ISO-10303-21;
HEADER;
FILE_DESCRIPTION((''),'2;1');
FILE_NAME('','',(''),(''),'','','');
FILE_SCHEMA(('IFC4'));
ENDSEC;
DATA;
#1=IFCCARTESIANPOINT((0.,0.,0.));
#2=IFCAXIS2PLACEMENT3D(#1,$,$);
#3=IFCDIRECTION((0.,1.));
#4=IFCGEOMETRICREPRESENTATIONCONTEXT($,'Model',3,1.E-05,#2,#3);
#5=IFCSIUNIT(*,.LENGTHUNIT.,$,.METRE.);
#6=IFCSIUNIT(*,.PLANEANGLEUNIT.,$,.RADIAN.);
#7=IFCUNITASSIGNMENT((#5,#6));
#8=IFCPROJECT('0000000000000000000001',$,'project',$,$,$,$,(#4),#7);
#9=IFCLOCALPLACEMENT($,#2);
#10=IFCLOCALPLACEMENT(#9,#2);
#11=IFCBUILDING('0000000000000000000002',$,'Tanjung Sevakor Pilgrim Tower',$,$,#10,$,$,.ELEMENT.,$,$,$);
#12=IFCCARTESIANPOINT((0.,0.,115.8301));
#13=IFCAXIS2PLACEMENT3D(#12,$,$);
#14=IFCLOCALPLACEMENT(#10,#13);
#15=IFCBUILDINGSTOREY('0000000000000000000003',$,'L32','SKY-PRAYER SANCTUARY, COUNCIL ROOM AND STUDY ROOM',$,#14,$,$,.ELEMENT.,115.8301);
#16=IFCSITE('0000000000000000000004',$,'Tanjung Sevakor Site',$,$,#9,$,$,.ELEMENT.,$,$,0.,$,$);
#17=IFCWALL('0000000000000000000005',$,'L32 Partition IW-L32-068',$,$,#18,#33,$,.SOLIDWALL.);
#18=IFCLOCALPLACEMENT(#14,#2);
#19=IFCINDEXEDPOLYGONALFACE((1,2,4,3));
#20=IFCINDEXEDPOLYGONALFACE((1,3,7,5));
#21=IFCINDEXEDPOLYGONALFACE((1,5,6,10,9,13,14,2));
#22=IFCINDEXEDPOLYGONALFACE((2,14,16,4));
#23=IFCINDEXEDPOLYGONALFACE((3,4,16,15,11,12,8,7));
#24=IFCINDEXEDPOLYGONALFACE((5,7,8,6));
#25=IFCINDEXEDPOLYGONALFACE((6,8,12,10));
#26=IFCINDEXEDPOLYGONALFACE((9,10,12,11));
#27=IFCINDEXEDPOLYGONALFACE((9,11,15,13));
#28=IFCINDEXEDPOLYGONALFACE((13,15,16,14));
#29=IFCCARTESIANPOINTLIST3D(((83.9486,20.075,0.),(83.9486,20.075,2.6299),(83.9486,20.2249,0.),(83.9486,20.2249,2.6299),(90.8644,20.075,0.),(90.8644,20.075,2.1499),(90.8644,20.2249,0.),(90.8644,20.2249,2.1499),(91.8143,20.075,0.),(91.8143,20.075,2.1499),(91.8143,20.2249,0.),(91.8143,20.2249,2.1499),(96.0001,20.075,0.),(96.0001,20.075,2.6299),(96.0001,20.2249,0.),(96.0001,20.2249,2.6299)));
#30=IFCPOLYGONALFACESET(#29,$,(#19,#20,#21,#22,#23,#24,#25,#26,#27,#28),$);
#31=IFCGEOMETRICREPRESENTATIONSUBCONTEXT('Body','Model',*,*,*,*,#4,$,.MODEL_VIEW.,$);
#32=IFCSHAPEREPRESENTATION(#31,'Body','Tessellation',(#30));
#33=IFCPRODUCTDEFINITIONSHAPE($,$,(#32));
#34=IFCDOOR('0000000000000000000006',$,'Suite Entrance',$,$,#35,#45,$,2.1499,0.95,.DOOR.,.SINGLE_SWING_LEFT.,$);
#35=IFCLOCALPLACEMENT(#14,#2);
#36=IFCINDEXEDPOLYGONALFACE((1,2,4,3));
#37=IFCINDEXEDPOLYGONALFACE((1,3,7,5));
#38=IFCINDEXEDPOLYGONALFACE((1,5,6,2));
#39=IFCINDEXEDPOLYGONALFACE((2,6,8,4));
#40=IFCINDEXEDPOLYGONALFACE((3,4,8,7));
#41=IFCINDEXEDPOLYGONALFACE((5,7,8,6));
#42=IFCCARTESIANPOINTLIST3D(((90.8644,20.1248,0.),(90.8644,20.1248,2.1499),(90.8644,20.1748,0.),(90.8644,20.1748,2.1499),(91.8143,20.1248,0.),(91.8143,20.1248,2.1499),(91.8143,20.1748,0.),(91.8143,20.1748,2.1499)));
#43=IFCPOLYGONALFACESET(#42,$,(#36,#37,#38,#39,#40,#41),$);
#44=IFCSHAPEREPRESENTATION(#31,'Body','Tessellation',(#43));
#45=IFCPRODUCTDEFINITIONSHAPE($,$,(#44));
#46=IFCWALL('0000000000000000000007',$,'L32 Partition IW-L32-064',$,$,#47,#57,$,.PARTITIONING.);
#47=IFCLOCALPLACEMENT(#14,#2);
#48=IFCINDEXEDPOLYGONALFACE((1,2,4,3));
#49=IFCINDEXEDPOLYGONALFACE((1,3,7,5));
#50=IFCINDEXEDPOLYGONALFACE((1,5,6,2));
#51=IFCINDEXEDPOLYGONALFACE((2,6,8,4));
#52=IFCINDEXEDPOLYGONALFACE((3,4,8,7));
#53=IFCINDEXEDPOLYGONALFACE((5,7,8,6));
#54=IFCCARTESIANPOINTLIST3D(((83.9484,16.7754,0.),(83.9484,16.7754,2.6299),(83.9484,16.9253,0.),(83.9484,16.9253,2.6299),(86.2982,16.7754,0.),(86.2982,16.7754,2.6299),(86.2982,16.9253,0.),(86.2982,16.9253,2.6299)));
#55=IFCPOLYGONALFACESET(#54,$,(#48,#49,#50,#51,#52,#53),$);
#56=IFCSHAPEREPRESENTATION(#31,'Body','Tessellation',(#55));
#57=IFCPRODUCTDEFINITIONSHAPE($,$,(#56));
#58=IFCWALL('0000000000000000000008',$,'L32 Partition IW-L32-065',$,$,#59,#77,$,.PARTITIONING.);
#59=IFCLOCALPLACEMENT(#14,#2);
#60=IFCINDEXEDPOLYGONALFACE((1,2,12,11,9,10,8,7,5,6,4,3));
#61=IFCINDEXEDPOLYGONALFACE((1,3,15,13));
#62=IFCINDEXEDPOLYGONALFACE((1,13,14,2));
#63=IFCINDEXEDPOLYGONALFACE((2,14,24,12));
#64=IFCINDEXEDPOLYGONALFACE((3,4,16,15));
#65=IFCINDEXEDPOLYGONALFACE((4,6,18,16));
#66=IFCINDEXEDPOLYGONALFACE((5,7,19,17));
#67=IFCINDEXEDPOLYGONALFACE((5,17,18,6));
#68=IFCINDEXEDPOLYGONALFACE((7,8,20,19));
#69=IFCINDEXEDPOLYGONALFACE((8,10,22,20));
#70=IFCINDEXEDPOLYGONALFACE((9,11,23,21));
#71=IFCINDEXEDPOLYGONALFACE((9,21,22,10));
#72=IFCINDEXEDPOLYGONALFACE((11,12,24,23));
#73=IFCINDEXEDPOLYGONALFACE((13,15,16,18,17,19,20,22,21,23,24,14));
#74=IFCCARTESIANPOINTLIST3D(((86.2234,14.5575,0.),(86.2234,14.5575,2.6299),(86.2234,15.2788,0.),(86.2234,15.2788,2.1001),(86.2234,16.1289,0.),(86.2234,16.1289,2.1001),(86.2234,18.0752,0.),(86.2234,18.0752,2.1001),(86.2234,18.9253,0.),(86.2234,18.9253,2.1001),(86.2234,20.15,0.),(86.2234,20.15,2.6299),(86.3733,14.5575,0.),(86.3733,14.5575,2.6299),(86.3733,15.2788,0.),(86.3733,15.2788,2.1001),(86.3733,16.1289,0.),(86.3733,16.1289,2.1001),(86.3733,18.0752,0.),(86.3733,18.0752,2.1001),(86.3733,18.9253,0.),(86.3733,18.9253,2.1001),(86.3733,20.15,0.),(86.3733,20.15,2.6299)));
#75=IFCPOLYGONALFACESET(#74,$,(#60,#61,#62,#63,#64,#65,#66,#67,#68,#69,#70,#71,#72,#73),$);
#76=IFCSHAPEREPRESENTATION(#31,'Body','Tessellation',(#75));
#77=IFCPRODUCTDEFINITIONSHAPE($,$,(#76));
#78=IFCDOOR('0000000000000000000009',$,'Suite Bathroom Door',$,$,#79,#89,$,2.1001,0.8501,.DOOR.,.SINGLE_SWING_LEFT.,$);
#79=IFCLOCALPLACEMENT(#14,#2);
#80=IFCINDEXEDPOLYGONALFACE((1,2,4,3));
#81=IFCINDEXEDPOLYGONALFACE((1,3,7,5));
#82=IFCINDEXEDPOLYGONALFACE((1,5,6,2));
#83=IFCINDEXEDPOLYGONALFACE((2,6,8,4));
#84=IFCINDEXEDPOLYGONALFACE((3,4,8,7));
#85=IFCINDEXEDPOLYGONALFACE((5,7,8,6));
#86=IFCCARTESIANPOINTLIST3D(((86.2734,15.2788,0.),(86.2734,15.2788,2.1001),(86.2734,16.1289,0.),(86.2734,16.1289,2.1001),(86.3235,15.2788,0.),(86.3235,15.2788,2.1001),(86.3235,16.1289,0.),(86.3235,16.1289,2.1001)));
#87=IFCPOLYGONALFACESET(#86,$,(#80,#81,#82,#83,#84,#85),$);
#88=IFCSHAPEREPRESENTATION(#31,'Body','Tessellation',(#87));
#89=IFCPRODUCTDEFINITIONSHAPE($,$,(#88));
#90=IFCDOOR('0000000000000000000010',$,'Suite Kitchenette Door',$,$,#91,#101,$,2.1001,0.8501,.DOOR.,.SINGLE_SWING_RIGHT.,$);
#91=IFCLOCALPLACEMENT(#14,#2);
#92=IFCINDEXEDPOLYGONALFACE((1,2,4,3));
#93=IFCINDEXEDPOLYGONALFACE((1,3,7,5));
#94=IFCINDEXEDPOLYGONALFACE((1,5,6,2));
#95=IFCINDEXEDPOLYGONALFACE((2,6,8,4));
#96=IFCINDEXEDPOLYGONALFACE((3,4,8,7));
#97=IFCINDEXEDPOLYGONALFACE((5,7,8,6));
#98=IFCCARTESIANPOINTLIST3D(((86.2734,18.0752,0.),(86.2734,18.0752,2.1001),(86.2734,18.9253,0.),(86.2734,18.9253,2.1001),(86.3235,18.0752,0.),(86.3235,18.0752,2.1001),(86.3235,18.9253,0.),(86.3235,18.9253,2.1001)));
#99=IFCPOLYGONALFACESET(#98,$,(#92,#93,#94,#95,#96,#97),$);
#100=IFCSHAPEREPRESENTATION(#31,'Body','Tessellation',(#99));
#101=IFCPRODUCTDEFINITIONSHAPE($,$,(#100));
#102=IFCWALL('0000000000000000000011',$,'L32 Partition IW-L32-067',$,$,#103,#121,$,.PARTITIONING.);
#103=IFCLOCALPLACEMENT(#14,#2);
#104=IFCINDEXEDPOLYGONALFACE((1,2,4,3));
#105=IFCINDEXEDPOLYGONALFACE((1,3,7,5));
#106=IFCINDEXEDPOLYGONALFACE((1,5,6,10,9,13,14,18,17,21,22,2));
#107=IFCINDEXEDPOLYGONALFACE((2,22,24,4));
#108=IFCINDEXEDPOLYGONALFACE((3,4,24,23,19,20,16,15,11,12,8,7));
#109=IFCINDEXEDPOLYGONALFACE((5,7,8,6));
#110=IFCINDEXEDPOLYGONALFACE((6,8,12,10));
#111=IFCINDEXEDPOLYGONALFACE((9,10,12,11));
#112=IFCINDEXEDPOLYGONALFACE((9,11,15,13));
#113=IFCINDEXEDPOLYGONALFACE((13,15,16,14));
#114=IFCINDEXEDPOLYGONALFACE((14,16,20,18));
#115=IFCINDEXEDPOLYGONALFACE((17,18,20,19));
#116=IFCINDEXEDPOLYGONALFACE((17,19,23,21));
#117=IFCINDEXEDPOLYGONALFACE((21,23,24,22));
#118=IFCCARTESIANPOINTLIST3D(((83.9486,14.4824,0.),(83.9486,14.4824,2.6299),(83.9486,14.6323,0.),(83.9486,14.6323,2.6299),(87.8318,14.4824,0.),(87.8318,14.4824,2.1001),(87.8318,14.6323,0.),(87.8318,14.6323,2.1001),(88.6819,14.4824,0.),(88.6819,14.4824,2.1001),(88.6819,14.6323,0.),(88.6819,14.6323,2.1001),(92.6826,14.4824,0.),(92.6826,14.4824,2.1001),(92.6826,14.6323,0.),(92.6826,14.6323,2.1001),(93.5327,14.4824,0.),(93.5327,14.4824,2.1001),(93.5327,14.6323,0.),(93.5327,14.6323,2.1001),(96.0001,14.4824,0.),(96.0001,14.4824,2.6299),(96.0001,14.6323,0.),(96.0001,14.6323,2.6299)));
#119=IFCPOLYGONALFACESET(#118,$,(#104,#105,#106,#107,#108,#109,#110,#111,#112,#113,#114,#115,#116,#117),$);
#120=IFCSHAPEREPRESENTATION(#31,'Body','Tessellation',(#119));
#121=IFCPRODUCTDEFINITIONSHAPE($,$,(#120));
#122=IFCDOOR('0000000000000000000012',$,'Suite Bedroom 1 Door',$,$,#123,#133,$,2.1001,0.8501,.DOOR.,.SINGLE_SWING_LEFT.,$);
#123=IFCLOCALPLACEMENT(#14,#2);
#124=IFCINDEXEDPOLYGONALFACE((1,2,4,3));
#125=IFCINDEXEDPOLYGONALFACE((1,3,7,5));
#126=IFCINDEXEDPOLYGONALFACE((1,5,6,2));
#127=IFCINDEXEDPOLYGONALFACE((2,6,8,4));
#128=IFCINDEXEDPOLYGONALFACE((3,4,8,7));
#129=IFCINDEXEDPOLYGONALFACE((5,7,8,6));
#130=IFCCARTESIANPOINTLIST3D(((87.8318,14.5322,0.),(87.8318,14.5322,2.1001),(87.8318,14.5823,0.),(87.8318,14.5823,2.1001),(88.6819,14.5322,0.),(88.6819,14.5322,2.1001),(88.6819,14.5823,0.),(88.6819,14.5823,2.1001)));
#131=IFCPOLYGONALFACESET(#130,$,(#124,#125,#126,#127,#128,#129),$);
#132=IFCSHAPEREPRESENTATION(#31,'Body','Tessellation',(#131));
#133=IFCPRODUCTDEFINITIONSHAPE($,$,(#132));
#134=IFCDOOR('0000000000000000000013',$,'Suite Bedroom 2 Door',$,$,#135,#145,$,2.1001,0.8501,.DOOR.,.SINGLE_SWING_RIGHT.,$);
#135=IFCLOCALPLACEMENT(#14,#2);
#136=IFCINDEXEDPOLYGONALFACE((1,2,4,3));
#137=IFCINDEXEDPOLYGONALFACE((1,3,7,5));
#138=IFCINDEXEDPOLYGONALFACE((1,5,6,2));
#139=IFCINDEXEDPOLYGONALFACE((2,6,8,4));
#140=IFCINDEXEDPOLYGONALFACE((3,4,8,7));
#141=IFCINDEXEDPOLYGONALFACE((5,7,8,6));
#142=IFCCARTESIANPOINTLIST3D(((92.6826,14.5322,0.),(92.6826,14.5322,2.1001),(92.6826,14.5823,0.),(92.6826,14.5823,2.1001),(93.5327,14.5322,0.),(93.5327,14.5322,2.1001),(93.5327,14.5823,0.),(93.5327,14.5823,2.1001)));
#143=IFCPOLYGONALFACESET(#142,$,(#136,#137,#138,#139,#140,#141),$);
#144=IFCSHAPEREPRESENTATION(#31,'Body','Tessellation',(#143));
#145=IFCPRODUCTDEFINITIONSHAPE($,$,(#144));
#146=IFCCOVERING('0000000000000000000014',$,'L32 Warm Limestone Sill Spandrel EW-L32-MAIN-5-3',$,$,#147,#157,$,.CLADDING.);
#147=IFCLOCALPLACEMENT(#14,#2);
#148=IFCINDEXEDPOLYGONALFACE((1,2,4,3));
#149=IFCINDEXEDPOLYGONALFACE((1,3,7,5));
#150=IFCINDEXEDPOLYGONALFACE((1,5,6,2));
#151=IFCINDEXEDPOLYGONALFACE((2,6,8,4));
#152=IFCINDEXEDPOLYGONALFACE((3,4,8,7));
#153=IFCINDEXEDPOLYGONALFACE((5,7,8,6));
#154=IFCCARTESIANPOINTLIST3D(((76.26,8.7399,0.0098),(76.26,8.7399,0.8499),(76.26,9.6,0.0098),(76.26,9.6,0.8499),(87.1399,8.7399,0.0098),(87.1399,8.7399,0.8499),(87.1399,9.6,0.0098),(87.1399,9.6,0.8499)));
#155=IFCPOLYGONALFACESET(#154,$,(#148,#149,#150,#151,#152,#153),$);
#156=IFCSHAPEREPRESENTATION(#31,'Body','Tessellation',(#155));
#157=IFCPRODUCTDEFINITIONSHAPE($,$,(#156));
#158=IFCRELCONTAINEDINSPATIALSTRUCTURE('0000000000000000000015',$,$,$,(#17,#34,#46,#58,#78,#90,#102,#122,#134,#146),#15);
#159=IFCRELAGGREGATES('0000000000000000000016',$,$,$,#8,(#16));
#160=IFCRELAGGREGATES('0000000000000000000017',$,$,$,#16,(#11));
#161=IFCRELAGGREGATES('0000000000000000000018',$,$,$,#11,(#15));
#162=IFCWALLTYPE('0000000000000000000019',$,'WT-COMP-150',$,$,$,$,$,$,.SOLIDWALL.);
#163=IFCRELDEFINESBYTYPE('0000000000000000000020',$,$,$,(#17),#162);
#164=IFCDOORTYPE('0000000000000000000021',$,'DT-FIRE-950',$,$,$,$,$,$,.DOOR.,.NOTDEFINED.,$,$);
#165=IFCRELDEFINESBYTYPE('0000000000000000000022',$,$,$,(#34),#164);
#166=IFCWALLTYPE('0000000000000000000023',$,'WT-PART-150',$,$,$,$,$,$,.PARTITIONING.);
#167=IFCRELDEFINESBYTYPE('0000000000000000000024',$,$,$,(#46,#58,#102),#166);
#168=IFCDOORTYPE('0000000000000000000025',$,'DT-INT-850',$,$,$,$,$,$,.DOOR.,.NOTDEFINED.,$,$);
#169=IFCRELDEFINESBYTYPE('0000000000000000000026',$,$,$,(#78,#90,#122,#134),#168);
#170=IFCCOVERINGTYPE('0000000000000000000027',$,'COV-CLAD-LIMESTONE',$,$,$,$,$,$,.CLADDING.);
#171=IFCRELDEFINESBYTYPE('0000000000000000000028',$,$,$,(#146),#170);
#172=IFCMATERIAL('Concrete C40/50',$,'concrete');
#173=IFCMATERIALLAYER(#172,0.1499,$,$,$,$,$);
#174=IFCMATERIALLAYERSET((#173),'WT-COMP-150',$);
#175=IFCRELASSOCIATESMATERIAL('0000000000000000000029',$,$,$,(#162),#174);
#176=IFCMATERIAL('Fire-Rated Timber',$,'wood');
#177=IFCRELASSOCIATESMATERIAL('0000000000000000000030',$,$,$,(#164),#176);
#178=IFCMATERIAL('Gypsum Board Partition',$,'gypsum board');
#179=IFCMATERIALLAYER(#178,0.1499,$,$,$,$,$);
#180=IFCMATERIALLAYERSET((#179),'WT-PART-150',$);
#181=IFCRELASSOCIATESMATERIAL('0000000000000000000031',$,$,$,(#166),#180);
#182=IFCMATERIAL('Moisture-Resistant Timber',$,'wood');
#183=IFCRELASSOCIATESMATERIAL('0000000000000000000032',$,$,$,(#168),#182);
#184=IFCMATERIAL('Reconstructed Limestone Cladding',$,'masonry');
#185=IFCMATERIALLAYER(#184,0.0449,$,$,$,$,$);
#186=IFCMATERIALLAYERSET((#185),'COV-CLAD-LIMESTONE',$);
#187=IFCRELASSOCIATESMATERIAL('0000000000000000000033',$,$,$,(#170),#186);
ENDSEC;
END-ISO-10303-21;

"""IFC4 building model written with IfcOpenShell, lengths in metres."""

from ifc_helpers import new_model, si_unit, direction, frame, frame_2d, origin, origin_2d, place, context, subcontext, project, spatial, rectangle, extrude, material, layer, layer_set, type_object, element, fill, save


model = new_model("IFC4")

# Units and contexts
model_context = context("Model", 3, precision=1e-05, world=origin(), true_north=direction((0.0, 1.0)))
body_context = subcontext(model_context, "Body", "Model", "MODEL_VIEW")
ifc_project = project(units=[si_unit("LENGTHUNIT", "METRE"), si_unit("PLANEANGLEUNIT", "RADIAN")], contexts=[model_context])

# Site, building, storey
site_placement = place(None, origin())
site = spatial("IfcSite", under=ifc_project, at=site_placement, Name="Tanjung Sevakor Site", CompositionType="ELEMENT", RefElevation=0.0)
building_placement = place(site_placement, origin())
building = spatial("IfcBuilding", under=site, at=building_placement, Name="Tanjung Sevakor Pilgrim Tower", CompositionType="ELEMENT")
storey_placement = place(building_placement, frame((0.0, 0.0, 115.8301)))
storey = spatial("IfcBuildingStorey", under=building, at=storey_placement, Name="L32", Description="SKY-PRAYER SANCTUARY, COUNCIL ROOM AND STUDY ROOM", CompositionType="ELEMENT", Elevation=115.8301)

# Shared definitions
ifc_material_1 = material(Name="Concrete C40/50", Category="concrete")
ifc_layer_1 = layer(ifc_material_1, 0.1499)
ifc_layer_set_1 = layer_set([ifc_layer_1], Name="WT-COMP-150")
wall_type_1 = type_object("IfcWallType", Name="WT-COMP-150", PredefinedType="SOLIDWALL", material=ifc_layer_set_1)

# Wall, opening, door
wall_1_placement = place(storey_placement, frame((83.9485, 20.1499, 0.0), z_axis=(0.0, 0.0, 1.0), x_axis=(1.0, 0.0, 0.0)))
wall_1 = element("IfcWall", 1, at=wall_1_placement, inside=storey, type_object=wall_type_1, Name="L32 Partition IW-L32-068", PredefinedType="SOLIDWALL", context=body_context, shape_type="SweptSolid", body=[
    extrude(rectangle(XDim=12.0515, YDim=0.1499, at=frame_2d((6.0259, 0.0))), origin(), (0.0, 0.0, 1.0), 2.6299),
])
opening_1_placement = place(wall_1_placement, frame((6.9158, 0.0, 0.0)))
opening_1 = element("IfcOpeningElement", 2, at=opening_1_placement, cuts=wall_1, PredefinedType="OPENING", context=body_context, shape_type="SweptSolid", body=[
    extrude(rectangle(XDim=0.95, YDim=2.1499, at=frame_2d((0.4751, 1.075))), frame((0.0, 0.085, 0.0), z_axis=(0.0, -1.0, 0.0), x_axis=(1.0, 0.0, 0.0)), (0.0, 0.0, 1.0), 0.1699),
])
ifc_material_2 = material(Name="Fire-Rated Timber", Category="wood")
door_type_1 = type_object("IfcDoorType", Name="DT-FIRE-950", OperationType="NOTDEFINED", PredefinedType="DOOR", material=ifc_material_2)
door_1_placement = place(opening_1_placement, origin())
door_1 = element("IfcDoor", 3, at=door_1_placement, inside=storey, type_object=door_type_1, Name="Suite Entrance", OperationType="SINGLE_SWING_LEFT", OverallHeight=2.1499, OverallWidth=0.95, PredefinedType="DOOR", context=body_context, shape_type="SweptSolid", body=[
    extrude(rectangle(XDim=0.95, YDim=2.1499, at=frame_2d((0.4751, 1.075))), frame((0.0, 0.0249, 0.0), z_axis=(0.0, -1.0, 0.0), x_axis=(1.0, 0.0, 0.0)), (0.0, 0.0, 1.0), 0.05),
])
fill(opening_1, door_1)

# Wall
ifc_material_3 = material(Name="Gypsum Board Partition", Category="gypsum board")
ifc_layer_2 = layer(ifc_material_3, 0.1499)
ifc_layer_set_2 = layer_set([ifc_layer_2], Name="WT-PART-150")
wall_type_2 = type_object("IfcWallType", Name="WT-PART-150", PredefinedType="PARTITIONING", material=ifc_layer_set_2)
wall_2_placement = place(storey_placement, frame((83.9485, 16.8503, 0.0), z_axis=(0.0, 0.0, 1.0), x_axis=(1.0, 0.0, 0.0)))
element("IfcWall", 4, at=wall_2_placement, inside=storey, type_object=wall_type_2, Name="L32 Partition IW-L32-064", PredefinedType="PARTITIONING", context=body_context, shape_type="SweptSolid", body=[
    extrude(rectangle(XDim=2.3499, YDim=0.1499, at=frame_2d((1.1748, 0.0))), origin(), (0.0, 0.0, 1.0), 2.6299),
])

# Walls, openings, doors
wall_3_placement = place(storey_placement, frame((86.2983, 14.5574, 0.0), z_axis=(0.0, 0.0, 1.0), x_axis=(0.0, 1.0, 0.0)))
wall_3 = element("IfcWall", 5, at=wall_3_placement, inside=storey, type_object=wall_type_2, Name="L32 Partition IW-L32-065", PredefinedType="PARTITIONING", context=body_context, shape_type="SweptSolid", body=[
    extrude(rectangle(XDim=5.5925, YDim=0.1499, at=frame_2d((2.7964, 0.0))), origin(), (0.0, 0.0, 1.0), 2.6299),
])
opening_2_placement = place(wall_3_placement, frame((0.7214, 0.0, 0.0)))
opening_2 = element("IfcOpeningElement", 6, at=opening_2_placement, cuts=wall_3, PredefinedType="OPENING", context=body_context, shape_type="SweptSolid", body=[
    extrude(rectangle(XDim=0.8501, YDim=2.1001, at=frame_2d((0.425, 1.05))), frame((0.0, 0.085, 0.0), z_axis=(0.0, -1.0, 0.0), x_axis=(1.0, 0.0, 0.0)), (0.0, 0.0, 1.0), 0.1699),
])
opening_3_placement = place(wall_3_placement, frame((3.5178, 0.0, 0.0)))
opening_3 = element("IfcOpeningElement", 7, at=opening_3_placement, cuts=wall_3, PredefinedType="OPENING", context=body_context, shape_type="SweptSolid", body=[
    extrude(rectangle(XDim=0.8501, YDim=2.1001, at=frame_2d((0.425, 1.05))), frame((0.0, 0.085, 0.0), z_axis=(0.0, -1.0, 0.0), x_axis=(1.0, 0.0, 0.0)), (0.0, 0.0, 1.0), 0.1699),
])
ifc_material_4 = material(Name="Moisture-Resistant Timber", Category="wood")
door_type_2 = type_object("IfcDoorType", Name="DT-INT-850", OperationType="NOTDEFINED", PredefinedType="DOOR", material=ifc_material_4)
door_2_placement = place(opening_2_placement, origin())
door_2 = element("IfcDoor", 8, at=door_2_placement, inside=storey, type_object=door_type_2, Name="Suite Bathroom Door", OperationType="SINGLE_SWING_LEFT", OverallHeight=2.1001, OverallWidth=0.8501, PredefinedType="DOOR", context=body_context, shape_type="SweptSolid", body=[
    extrude(rectangle(XDim=0.8501, YDim=2.1001, at=frame_2d((0.425, 1.05))), frame((0.0, 0.0249, 0.0), z_axis=(0.0, -1.0, 0.0), x_axis=(1.0, 0.0, 0.0)), (0.0, 0.0, 1.0), 0.05),
])
fill(opening_2, door_2)
door_3_placement = place(opening_3_placement, origin())
door_3 = element("IfcDoor", 9, at=door_3_placement, inside=storey, type_object=door_type_2, Name="Suite Kitchenette Door", OperationType="SINGLE_SWING_RIGHT", OverallHeight=2.1001, OverallWidth=0.8501, PredefinedType="DOOR", context=body_context, shape_type="SweptSolid", body=[
    extrude(rectangle(XDim=0.8501, YDim=2.1001, at=frame_2d((0.425, 1.05))), frame((0.0, 0.0249, 0.0), z_axis=(0.0, -1.0, 0.0), x_axis=(1.0, 0.0, 0.0)), (0.0, 0.0, 1.0), 0.05),
])
fill(opening_3, door_3)
wall_4_placement = place(storey_placement, frame((83.9485, 14.5574, 0.0), z_axis=(0.0, 0.0, 1.0), x_axis=(1.0, 0.0, 0.0)))
wall_4 = element("IfcWall", 10, at=wall_4_placement, inside=storey, type_object=wall_type_2, Name="L32 Partition IW-L32-067", PredefinedType="PARTITIONING", context=body_context, shape_type="SweptSolid", body=[
    extrude(rectangle(XDim=12.0515, YDim=0.1499, at=frame_2d((6.0259, 0.0))), origin(), (0.0, 0.0, 1.0), 2.6299),
])
opening_4_placement = place(wall_4_placement, frame((3.8833, 0.0, 0.0)))
opening_4 = element("IfcOpeningElement", 11, at=opening_4_placement, cuts=wall_4, PredefinedType="OPENING", context=body_context, shape_type="SweptSolid", body=[
    extrude(rectangle(XDim=0.8501, YDim=2.1001, at=frame_2d((0.425, 1.05))), frame((0.0, 0.085, 0.0), z_axis=(0.0, -1.0, 0.0), x_axis=(1.0, 0.0, 0.0)), (0.0, 0.0, 1.0), 0.1699),
])
opening_5_placement = place(wall_4_placement, frame((8.7341, 0.0, 0.0)))
opening_5 = element("IfcOpeningElement", 12, at=opening_5_placement, cuts=wall_4, PredefinedType="OPENING", context=body_context, shape_type="SweptSolid", body=[
    extrude(rectangle(XDim=0.8501, YDim=2.1001, at=frame_2d((0.425, 1.05))), frame((0.0, 0.085, 0.0), z_axis=(0.0, -1.0, 0.0), x_axis=(1.0, 0.0, 0.0)), (0.0, 0.0, 1.0), 0.1699),
])
door_4_placement = place(opening_4_placement, origin())
door_4 = element("IfcDoor", 13, at=door_4_placement, inside=storey, type_object=door_type_2, Name="Suite Bedroom 1 Door", OperationType="SINGLE_SWING_LEFT", OverallHeight=2.1001, OverallWidth=0.8501, PredefinedType="DOOR", context=body_context, shape_type="SweptSolid", body=[
    extrude(rectangle(XDim=0.8501, YDim=2.1001, at=frame_2d((0.425, 1.05))), frame((0.0, 0.0249, 0.0), z_axis=(0.0, -1.0, 0.0), x_axis=(1.0, 0.0, 0.0)), (0.0, 0.0, 1.0), 0.05),
])
fill(opening_4, door_4)
door_5_placement = place(opening_5_placement, origin())
door_5 = element("IfcDoor", 14, at=door_5_placement, inside=storey, type_object=door_type_2, Name="Suite Bedroom 2 Door", OperationType="SINGLE_SWING_RIGHT", OverallHeight=2.1001, OverallWidth=0.8501, PredefinedType="DOOR", context=body_context, shape_type="SweptSolid", body=[
    extrude(rectangle(XDim=0.8501, YDim=2.1001, at=frame_2d((0.425, 1.05))), frame((0.0, 0.0249, 0.0), z_axis=(0.0, -1.0, 0.0), x_axis=(1.0, 0.0, 0.0)), (0.0, 0.0, 1.0), 0.05),
])
fill(opening_5, door_5)

# Covering
ifc_material_5 = material(Name="Reconstructed Limestone Cladding", Category="masonry")
ifc_layer_3 = layer(ifc_material_5, 0.0449)
ifc_layer_set_3 = layer_set([ifc_layer_3], Name="COV-CLAD-LIMESTONE")
covering_type = type_object("IfcCoveringType", Name="COV-CLAD-LIMESTONE", PredefinedType="CLADDING", material=ifc_layer_set_3)
covering_placement = place(storey_placement, frame((81.7, 9.1699, 0.0098), z_axis=(0.0, 0.0, 1.0), x_axis=(1.0, 0.0, 0.0)))
element("IfcCovering", 15, at=covering_placement, inside=storey, type_object=covering_type, Name="L32 Warm Limestone Sill Spandrel EW-L32-MAIN-5-3", PredefinedType="CLADDING", context=body_context, shape_type="SweptSolid", body=[
    extrude(rectangle(XDim=10.8799, YDim=0.8601, at=origin_2d()), origin(), (0.0, 0.0, 1.0), 0.8401),
])

save(model, "model.ifc")
